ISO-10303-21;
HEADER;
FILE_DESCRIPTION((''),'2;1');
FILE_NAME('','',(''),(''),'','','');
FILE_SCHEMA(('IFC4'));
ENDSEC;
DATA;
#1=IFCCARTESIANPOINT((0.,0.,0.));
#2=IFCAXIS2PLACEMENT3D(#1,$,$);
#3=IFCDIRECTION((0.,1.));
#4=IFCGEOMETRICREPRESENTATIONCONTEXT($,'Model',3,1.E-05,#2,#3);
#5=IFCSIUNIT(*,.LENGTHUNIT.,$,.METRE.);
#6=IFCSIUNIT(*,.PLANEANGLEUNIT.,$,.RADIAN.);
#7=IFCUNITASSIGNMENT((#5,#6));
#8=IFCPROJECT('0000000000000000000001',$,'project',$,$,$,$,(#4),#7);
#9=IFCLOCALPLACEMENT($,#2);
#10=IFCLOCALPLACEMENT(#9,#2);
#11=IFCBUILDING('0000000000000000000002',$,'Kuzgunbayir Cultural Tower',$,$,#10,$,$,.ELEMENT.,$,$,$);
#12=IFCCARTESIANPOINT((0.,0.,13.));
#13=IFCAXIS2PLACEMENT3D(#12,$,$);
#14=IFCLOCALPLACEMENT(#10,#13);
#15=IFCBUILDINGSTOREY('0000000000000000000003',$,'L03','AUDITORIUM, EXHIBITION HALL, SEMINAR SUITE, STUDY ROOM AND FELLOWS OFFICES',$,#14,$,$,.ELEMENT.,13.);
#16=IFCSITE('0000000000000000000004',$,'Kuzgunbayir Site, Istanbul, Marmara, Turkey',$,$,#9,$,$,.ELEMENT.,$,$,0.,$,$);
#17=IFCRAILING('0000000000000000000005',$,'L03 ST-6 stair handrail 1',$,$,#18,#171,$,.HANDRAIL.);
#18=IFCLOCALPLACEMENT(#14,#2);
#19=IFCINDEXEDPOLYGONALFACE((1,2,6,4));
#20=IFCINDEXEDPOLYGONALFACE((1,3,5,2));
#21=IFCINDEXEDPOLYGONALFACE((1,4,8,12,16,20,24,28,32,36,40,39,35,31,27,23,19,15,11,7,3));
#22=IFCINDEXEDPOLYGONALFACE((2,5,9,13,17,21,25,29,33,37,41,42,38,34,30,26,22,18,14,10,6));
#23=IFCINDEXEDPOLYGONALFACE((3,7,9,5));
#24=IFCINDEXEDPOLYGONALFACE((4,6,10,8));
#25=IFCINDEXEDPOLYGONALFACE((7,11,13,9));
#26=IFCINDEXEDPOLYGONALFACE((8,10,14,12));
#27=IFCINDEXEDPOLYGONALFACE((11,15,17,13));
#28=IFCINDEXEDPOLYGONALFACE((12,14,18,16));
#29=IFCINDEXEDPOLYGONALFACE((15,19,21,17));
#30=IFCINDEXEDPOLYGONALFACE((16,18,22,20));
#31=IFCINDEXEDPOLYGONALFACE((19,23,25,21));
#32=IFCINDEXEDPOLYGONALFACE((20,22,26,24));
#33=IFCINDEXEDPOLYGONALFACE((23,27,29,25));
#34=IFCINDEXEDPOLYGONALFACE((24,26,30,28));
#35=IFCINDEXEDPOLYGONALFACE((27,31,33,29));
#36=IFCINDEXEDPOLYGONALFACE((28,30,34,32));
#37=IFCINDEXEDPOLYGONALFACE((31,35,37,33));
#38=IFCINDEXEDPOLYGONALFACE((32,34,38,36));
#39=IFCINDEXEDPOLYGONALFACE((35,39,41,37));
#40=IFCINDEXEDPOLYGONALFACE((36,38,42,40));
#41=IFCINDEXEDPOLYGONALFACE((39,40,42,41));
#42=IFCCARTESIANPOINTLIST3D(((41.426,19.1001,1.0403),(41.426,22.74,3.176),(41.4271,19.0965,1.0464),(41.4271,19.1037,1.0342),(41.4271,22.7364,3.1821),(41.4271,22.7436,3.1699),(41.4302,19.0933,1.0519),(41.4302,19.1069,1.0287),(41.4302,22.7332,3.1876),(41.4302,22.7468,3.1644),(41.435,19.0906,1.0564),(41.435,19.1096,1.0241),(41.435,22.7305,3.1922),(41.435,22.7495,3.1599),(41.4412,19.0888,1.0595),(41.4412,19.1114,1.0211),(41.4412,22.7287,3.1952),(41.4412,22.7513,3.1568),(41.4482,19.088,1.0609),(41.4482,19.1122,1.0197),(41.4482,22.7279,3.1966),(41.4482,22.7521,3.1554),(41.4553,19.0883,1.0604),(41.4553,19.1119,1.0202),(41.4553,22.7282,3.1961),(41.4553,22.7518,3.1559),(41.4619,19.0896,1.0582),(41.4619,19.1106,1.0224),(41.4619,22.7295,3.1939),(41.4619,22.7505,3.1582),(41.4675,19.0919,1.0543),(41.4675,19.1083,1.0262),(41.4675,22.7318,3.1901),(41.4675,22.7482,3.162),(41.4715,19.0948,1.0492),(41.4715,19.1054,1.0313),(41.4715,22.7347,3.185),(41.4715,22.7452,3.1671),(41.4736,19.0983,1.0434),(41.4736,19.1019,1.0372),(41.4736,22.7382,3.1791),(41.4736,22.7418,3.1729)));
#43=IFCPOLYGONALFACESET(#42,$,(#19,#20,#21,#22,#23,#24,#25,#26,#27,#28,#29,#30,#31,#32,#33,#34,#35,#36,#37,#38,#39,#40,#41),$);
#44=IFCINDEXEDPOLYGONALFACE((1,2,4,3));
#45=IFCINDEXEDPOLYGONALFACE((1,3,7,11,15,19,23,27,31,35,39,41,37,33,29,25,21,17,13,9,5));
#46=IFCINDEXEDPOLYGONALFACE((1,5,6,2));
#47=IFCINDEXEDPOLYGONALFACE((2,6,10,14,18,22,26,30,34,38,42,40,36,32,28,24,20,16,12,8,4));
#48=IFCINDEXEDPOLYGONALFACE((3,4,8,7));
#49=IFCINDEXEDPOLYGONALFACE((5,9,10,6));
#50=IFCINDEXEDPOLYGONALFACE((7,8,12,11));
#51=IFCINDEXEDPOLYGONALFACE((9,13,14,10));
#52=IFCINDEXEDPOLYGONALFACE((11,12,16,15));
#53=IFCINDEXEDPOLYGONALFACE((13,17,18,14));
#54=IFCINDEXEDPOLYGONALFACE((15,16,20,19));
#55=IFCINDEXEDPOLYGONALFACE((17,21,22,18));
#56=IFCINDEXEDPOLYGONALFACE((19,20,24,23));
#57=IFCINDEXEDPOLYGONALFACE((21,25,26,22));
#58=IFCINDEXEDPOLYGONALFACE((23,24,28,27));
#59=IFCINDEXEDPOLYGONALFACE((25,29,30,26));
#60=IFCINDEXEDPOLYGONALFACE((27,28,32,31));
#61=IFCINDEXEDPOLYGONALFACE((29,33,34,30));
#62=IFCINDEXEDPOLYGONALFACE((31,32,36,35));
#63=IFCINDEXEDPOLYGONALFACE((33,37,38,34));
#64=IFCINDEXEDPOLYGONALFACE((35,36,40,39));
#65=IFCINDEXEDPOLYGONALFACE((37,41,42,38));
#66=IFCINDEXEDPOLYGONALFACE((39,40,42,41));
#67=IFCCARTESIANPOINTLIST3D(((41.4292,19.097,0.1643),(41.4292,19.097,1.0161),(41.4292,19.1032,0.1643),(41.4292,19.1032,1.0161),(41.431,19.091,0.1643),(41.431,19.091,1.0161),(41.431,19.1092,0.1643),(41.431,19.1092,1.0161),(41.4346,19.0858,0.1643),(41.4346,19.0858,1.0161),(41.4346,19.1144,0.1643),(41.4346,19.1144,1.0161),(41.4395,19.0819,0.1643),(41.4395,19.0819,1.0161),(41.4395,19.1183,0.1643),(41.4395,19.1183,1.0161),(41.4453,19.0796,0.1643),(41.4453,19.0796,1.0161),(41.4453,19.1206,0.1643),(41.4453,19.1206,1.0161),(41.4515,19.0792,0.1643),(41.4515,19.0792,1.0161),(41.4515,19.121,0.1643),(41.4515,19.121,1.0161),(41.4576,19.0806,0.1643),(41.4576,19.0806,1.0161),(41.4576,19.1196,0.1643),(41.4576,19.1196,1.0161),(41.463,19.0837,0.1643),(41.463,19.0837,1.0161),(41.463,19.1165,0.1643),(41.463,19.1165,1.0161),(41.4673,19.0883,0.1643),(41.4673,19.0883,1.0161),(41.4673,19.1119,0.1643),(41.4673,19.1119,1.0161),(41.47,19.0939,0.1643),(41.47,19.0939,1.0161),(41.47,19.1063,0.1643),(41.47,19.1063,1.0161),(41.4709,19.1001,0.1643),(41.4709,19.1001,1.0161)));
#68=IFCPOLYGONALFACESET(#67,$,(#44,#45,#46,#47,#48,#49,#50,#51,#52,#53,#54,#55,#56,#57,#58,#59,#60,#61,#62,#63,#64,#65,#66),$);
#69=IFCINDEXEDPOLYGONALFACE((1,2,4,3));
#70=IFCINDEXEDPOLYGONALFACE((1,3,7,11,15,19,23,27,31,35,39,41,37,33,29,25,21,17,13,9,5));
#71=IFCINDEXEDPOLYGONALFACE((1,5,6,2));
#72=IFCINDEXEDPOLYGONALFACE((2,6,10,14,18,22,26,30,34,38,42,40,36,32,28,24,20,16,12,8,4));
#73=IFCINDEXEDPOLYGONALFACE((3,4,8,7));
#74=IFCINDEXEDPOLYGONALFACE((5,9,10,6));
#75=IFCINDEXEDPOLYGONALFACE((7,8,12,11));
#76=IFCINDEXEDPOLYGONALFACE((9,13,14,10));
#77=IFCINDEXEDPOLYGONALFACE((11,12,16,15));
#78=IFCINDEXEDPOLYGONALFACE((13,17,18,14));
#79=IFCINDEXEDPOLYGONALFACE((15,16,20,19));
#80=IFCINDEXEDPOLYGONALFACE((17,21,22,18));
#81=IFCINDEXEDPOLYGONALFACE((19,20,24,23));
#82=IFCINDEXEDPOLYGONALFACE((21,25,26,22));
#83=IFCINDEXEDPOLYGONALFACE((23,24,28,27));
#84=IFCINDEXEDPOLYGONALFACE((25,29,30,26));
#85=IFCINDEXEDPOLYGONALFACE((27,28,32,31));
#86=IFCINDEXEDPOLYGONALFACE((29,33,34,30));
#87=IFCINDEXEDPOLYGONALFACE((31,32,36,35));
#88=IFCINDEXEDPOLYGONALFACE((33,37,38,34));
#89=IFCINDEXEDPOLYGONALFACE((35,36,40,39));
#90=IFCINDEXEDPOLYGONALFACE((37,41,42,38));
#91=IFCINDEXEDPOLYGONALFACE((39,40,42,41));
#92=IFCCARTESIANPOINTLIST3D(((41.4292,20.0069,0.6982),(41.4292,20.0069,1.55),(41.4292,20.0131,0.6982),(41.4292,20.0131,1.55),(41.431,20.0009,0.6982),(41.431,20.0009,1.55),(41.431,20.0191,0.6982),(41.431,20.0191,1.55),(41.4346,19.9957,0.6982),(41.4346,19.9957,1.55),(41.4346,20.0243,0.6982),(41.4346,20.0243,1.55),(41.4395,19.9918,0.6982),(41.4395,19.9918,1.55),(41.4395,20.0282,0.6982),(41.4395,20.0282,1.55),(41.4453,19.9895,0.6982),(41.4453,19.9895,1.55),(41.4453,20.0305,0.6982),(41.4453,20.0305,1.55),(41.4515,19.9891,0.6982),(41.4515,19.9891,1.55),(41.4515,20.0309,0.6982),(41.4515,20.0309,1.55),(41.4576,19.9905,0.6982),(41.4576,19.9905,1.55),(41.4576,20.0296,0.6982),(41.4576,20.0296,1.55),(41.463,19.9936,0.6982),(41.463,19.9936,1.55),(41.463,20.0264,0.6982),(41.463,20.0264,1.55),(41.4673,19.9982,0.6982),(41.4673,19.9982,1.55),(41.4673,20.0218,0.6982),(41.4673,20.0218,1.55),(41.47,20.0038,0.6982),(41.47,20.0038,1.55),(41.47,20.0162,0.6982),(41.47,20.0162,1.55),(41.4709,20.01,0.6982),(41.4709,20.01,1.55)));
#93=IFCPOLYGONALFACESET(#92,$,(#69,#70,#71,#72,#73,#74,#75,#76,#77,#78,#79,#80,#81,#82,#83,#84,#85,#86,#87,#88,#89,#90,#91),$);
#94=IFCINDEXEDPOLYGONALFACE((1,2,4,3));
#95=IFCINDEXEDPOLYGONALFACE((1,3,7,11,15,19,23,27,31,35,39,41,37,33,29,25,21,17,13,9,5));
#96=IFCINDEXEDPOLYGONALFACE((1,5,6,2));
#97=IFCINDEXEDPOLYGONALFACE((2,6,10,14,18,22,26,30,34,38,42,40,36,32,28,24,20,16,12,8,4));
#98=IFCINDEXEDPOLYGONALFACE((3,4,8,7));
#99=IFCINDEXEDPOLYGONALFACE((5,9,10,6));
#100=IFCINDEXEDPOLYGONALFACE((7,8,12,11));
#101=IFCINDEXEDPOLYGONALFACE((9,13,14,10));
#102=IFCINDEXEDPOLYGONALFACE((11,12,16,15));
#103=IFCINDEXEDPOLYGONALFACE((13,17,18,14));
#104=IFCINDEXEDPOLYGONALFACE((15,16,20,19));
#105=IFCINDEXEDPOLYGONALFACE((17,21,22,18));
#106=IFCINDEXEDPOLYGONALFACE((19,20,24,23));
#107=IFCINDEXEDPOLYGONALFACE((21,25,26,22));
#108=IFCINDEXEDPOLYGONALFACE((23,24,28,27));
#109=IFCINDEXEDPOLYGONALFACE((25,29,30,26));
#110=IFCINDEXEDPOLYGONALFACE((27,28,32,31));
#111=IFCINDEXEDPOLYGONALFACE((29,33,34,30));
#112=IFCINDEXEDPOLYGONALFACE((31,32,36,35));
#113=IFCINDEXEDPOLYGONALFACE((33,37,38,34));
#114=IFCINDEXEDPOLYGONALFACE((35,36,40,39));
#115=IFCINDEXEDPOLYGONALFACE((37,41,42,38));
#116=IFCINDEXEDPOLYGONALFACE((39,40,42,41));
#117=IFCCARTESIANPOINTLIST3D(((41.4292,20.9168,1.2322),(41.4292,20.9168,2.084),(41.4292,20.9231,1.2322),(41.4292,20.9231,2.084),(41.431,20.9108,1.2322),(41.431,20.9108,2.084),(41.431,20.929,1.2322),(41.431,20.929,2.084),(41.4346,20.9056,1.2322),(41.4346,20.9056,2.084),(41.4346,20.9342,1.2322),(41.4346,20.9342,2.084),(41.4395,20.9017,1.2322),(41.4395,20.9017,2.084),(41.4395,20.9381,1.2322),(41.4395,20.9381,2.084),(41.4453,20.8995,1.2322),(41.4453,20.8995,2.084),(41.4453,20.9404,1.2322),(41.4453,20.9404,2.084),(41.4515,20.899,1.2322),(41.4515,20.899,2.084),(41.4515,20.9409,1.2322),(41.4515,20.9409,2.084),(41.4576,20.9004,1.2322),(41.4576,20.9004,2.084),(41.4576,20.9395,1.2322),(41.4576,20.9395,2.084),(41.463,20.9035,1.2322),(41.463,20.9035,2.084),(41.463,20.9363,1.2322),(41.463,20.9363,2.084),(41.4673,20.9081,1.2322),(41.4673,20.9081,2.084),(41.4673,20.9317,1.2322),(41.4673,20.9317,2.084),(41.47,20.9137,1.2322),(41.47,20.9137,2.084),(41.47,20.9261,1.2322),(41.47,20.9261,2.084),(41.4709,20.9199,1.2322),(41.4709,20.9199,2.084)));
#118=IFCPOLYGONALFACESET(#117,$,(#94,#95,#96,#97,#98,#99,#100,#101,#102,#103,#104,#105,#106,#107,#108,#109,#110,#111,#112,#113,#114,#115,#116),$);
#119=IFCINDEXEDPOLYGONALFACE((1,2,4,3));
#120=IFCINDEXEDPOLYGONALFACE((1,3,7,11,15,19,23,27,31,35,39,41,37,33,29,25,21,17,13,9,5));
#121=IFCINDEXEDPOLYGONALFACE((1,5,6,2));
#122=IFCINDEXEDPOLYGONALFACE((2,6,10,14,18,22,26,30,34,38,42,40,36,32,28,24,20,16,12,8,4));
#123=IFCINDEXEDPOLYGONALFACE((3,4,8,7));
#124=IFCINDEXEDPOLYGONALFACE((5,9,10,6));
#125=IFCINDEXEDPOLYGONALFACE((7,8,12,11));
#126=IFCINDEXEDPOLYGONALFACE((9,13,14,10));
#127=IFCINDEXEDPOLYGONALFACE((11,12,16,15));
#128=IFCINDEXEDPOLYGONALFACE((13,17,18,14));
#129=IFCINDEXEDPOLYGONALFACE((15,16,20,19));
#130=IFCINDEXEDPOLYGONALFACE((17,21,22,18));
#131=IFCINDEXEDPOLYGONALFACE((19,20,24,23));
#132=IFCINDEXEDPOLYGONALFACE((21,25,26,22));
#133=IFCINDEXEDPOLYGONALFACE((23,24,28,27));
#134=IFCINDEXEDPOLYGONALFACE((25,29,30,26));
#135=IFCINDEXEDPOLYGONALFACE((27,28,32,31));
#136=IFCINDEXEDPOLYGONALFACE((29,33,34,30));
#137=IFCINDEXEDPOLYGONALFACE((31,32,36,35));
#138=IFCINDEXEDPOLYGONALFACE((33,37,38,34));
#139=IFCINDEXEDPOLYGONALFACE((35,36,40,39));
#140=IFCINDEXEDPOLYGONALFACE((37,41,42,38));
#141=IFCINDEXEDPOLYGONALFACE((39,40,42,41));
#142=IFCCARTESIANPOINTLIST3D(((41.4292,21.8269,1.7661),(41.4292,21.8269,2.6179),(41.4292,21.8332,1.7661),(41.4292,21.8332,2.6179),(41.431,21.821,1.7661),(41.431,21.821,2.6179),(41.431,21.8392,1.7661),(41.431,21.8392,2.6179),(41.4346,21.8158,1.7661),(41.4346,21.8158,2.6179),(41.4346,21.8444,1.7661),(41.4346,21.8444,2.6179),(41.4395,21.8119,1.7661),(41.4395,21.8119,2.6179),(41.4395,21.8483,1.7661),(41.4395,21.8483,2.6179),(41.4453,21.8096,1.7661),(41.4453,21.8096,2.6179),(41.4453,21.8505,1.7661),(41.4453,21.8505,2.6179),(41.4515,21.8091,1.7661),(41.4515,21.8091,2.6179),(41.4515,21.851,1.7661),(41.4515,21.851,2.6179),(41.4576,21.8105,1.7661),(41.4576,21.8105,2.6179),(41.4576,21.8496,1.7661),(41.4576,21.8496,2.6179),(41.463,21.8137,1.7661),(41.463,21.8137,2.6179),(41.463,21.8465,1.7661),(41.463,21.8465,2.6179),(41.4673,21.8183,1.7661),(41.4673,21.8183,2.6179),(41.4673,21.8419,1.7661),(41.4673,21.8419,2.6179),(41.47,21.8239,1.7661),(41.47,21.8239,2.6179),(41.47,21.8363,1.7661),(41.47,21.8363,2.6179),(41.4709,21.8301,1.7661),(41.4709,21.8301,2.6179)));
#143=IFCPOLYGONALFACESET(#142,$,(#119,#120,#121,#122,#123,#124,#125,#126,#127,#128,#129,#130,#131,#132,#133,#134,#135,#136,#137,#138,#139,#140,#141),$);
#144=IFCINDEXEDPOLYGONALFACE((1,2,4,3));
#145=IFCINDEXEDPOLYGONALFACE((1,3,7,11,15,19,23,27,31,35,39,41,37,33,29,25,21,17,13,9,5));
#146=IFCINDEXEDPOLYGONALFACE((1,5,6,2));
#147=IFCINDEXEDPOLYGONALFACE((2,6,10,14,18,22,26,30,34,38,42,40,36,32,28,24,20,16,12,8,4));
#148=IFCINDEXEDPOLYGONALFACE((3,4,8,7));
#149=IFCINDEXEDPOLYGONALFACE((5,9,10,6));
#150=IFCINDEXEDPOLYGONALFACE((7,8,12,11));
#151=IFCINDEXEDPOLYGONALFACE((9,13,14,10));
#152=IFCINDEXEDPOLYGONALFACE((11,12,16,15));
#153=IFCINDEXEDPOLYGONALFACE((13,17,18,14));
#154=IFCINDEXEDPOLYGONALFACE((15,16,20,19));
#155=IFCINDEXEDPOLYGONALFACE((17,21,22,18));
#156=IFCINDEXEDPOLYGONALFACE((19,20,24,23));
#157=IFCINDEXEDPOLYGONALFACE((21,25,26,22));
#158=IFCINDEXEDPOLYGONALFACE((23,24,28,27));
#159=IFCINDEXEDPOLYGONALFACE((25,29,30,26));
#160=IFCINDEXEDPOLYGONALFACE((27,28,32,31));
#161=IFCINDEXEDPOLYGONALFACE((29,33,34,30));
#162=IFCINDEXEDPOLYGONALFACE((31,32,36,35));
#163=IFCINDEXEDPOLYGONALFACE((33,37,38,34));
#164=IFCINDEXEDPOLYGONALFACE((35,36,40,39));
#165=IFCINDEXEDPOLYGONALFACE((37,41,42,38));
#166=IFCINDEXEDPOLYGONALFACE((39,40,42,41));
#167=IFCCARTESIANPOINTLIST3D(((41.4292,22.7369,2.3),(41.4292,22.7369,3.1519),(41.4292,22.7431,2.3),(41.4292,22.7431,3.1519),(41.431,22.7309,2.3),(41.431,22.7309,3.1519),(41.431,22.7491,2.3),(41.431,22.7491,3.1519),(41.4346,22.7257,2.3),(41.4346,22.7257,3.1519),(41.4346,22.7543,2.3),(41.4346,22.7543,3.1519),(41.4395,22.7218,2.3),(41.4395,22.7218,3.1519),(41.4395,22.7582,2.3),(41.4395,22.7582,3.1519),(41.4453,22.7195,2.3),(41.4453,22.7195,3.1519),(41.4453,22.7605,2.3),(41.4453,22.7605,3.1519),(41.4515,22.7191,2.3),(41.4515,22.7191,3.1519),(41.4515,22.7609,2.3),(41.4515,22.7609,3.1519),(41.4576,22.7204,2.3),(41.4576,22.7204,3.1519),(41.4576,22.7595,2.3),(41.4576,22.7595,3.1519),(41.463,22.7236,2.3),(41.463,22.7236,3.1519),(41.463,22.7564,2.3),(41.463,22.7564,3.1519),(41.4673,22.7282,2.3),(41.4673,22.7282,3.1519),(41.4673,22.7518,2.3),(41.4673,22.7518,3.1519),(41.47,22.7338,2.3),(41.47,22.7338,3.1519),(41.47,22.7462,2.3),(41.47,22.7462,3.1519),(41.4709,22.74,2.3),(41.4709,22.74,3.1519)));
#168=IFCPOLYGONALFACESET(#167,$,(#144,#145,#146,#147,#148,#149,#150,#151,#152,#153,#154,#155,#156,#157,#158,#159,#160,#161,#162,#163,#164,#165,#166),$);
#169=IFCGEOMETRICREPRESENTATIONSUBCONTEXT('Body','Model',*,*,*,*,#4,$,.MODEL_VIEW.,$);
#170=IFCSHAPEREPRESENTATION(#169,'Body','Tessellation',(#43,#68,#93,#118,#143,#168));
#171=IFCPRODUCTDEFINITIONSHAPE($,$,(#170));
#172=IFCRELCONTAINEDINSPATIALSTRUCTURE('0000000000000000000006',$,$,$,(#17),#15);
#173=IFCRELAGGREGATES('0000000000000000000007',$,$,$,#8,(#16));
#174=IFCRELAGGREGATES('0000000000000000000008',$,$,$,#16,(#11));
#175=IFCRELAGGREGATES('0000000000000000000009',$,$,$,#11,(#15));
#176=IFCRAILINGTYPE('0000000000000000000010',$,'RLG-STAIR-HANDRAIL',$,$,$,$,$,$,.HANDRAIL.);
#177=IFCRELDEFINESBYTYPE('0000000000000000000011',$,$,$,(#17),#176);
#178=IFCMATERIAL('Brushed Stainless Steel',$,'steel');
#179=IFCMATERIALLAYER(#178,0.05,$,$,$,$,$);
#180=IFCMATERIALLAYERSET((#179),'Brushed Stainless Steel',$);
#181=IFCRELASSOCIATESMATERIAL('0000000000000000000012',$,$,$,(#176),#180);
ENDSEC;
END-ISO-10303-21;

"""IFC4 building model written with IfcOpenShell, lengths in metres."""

from ifc_helpers import new_model, si_unit, direction, frame, origin, origin_2d, place, context, subcontext, project, spatial, circle, extrude, material, layer, layer_set, type_object, element, save


model = new_model("IFC4")

# Units and contexts
model_context = context("Model", 3, precision=1e-05, world=origin(), true_north=direction((0.0, 1.0)))
body_context = subcontext(model_context, "Body", "Model", "MODEL_VIEW")
ifc_project = project(units=[si_unit("LENGTHUNIT", "METRE"), si_unit("PLANEANGLEUNIT", "RADIAN")], contexts=[model_context])

# Site, building, storey
site_placement = place(None, origin())
site = spatial("IfcSite", under=ifc_project, at=site_placement, Name="Kuzgunbayir Site, Istanbul, Marmara, Turkey", CompositionType="ELEMENT", RefElevation=0.0)
building_placement = place(site_placement, origin())
building = spatial("IfcBuilding", under=site, at=building_placement, Name="Kuzgunbayir Cultural Tower", CompositionType="ELEMENT")
storey_placement = place(building_placement, frame((0.0, 0.0, 13.0)))
storey = spatial("IfcBuildingStorey", under=building, at=storey_placement, Name="L03", Description="AUDITORIUM, EXHIBITION HALL, SEMINAR SUITE, STUDY ROOM AND FELLOWS OFFICES", CompositionType="ELEMENT", Elevation=13.0)

# Railing
ifc_material_1 = material(Name="Brushed Stainless Steel", Category="steel")
ifc_layer_1 = layer(ifc_material_1, 0.05)
ifc_layer_set_1 = layer_set([ifc_layer_1], Name="Brushed Stainless Steel")
railing_type_1 = type_object("IfcRailingType", Name="RLG-STAIR-HANDRAIL", PredefinedType="HANDRAIL", material=ifc_layer_set_1)
railing_1_placement = place(storey_placement, frame((41.45, 19.1001, 0.1643)))
element("IfcRailing", 1, at=railing_1_placement, inside=storey, type_object=railing_type_1, Name="L03 ST-6 stair handrail 1", PredefinedType="HANDRAIL", context=body_context, shape_type="SweptSolid", body=[
    extrude(circle(Radius=0.0239, at=origin_2d()), frame((0.0, 0.0, 0.876), z_axis=(0.0, 0.86249, 0.506074), x_axis=(-1.0, 0.0, 0.0)), (0.0, 0.0, 1.0), 4.2202),
    extrude(circle(Radius=0.021, at=origin_2d()), origin(), (0.0, 0.0, 1.0), 0.8518),
    extrude(circle(Radius=0.021, at=origin_2d()), frame((0.0, 0.9099, 0.5339)), (0.0, 0.0, 1.0), 0.8518),
    extrude(circle(Radius=0.021, at=origin_2d()), frame((0.0, 1.8198, 1.0679)), (0.0, 0.0, 1.0), 0.8518),
    extrude(circle(Radius=0.021, at=origin_2d()), frame((0.0, 2.73, 1.6018)), (0.0, 0.0, 1.0), 0.8518),
    extrude(circle(Radius=0.021, at=origin_2d()), frame((0.0, 3.6399, 2.1357)), (0.0, 0.0, 1.0), 0.8518),
])

save(model, "model.ifc")
